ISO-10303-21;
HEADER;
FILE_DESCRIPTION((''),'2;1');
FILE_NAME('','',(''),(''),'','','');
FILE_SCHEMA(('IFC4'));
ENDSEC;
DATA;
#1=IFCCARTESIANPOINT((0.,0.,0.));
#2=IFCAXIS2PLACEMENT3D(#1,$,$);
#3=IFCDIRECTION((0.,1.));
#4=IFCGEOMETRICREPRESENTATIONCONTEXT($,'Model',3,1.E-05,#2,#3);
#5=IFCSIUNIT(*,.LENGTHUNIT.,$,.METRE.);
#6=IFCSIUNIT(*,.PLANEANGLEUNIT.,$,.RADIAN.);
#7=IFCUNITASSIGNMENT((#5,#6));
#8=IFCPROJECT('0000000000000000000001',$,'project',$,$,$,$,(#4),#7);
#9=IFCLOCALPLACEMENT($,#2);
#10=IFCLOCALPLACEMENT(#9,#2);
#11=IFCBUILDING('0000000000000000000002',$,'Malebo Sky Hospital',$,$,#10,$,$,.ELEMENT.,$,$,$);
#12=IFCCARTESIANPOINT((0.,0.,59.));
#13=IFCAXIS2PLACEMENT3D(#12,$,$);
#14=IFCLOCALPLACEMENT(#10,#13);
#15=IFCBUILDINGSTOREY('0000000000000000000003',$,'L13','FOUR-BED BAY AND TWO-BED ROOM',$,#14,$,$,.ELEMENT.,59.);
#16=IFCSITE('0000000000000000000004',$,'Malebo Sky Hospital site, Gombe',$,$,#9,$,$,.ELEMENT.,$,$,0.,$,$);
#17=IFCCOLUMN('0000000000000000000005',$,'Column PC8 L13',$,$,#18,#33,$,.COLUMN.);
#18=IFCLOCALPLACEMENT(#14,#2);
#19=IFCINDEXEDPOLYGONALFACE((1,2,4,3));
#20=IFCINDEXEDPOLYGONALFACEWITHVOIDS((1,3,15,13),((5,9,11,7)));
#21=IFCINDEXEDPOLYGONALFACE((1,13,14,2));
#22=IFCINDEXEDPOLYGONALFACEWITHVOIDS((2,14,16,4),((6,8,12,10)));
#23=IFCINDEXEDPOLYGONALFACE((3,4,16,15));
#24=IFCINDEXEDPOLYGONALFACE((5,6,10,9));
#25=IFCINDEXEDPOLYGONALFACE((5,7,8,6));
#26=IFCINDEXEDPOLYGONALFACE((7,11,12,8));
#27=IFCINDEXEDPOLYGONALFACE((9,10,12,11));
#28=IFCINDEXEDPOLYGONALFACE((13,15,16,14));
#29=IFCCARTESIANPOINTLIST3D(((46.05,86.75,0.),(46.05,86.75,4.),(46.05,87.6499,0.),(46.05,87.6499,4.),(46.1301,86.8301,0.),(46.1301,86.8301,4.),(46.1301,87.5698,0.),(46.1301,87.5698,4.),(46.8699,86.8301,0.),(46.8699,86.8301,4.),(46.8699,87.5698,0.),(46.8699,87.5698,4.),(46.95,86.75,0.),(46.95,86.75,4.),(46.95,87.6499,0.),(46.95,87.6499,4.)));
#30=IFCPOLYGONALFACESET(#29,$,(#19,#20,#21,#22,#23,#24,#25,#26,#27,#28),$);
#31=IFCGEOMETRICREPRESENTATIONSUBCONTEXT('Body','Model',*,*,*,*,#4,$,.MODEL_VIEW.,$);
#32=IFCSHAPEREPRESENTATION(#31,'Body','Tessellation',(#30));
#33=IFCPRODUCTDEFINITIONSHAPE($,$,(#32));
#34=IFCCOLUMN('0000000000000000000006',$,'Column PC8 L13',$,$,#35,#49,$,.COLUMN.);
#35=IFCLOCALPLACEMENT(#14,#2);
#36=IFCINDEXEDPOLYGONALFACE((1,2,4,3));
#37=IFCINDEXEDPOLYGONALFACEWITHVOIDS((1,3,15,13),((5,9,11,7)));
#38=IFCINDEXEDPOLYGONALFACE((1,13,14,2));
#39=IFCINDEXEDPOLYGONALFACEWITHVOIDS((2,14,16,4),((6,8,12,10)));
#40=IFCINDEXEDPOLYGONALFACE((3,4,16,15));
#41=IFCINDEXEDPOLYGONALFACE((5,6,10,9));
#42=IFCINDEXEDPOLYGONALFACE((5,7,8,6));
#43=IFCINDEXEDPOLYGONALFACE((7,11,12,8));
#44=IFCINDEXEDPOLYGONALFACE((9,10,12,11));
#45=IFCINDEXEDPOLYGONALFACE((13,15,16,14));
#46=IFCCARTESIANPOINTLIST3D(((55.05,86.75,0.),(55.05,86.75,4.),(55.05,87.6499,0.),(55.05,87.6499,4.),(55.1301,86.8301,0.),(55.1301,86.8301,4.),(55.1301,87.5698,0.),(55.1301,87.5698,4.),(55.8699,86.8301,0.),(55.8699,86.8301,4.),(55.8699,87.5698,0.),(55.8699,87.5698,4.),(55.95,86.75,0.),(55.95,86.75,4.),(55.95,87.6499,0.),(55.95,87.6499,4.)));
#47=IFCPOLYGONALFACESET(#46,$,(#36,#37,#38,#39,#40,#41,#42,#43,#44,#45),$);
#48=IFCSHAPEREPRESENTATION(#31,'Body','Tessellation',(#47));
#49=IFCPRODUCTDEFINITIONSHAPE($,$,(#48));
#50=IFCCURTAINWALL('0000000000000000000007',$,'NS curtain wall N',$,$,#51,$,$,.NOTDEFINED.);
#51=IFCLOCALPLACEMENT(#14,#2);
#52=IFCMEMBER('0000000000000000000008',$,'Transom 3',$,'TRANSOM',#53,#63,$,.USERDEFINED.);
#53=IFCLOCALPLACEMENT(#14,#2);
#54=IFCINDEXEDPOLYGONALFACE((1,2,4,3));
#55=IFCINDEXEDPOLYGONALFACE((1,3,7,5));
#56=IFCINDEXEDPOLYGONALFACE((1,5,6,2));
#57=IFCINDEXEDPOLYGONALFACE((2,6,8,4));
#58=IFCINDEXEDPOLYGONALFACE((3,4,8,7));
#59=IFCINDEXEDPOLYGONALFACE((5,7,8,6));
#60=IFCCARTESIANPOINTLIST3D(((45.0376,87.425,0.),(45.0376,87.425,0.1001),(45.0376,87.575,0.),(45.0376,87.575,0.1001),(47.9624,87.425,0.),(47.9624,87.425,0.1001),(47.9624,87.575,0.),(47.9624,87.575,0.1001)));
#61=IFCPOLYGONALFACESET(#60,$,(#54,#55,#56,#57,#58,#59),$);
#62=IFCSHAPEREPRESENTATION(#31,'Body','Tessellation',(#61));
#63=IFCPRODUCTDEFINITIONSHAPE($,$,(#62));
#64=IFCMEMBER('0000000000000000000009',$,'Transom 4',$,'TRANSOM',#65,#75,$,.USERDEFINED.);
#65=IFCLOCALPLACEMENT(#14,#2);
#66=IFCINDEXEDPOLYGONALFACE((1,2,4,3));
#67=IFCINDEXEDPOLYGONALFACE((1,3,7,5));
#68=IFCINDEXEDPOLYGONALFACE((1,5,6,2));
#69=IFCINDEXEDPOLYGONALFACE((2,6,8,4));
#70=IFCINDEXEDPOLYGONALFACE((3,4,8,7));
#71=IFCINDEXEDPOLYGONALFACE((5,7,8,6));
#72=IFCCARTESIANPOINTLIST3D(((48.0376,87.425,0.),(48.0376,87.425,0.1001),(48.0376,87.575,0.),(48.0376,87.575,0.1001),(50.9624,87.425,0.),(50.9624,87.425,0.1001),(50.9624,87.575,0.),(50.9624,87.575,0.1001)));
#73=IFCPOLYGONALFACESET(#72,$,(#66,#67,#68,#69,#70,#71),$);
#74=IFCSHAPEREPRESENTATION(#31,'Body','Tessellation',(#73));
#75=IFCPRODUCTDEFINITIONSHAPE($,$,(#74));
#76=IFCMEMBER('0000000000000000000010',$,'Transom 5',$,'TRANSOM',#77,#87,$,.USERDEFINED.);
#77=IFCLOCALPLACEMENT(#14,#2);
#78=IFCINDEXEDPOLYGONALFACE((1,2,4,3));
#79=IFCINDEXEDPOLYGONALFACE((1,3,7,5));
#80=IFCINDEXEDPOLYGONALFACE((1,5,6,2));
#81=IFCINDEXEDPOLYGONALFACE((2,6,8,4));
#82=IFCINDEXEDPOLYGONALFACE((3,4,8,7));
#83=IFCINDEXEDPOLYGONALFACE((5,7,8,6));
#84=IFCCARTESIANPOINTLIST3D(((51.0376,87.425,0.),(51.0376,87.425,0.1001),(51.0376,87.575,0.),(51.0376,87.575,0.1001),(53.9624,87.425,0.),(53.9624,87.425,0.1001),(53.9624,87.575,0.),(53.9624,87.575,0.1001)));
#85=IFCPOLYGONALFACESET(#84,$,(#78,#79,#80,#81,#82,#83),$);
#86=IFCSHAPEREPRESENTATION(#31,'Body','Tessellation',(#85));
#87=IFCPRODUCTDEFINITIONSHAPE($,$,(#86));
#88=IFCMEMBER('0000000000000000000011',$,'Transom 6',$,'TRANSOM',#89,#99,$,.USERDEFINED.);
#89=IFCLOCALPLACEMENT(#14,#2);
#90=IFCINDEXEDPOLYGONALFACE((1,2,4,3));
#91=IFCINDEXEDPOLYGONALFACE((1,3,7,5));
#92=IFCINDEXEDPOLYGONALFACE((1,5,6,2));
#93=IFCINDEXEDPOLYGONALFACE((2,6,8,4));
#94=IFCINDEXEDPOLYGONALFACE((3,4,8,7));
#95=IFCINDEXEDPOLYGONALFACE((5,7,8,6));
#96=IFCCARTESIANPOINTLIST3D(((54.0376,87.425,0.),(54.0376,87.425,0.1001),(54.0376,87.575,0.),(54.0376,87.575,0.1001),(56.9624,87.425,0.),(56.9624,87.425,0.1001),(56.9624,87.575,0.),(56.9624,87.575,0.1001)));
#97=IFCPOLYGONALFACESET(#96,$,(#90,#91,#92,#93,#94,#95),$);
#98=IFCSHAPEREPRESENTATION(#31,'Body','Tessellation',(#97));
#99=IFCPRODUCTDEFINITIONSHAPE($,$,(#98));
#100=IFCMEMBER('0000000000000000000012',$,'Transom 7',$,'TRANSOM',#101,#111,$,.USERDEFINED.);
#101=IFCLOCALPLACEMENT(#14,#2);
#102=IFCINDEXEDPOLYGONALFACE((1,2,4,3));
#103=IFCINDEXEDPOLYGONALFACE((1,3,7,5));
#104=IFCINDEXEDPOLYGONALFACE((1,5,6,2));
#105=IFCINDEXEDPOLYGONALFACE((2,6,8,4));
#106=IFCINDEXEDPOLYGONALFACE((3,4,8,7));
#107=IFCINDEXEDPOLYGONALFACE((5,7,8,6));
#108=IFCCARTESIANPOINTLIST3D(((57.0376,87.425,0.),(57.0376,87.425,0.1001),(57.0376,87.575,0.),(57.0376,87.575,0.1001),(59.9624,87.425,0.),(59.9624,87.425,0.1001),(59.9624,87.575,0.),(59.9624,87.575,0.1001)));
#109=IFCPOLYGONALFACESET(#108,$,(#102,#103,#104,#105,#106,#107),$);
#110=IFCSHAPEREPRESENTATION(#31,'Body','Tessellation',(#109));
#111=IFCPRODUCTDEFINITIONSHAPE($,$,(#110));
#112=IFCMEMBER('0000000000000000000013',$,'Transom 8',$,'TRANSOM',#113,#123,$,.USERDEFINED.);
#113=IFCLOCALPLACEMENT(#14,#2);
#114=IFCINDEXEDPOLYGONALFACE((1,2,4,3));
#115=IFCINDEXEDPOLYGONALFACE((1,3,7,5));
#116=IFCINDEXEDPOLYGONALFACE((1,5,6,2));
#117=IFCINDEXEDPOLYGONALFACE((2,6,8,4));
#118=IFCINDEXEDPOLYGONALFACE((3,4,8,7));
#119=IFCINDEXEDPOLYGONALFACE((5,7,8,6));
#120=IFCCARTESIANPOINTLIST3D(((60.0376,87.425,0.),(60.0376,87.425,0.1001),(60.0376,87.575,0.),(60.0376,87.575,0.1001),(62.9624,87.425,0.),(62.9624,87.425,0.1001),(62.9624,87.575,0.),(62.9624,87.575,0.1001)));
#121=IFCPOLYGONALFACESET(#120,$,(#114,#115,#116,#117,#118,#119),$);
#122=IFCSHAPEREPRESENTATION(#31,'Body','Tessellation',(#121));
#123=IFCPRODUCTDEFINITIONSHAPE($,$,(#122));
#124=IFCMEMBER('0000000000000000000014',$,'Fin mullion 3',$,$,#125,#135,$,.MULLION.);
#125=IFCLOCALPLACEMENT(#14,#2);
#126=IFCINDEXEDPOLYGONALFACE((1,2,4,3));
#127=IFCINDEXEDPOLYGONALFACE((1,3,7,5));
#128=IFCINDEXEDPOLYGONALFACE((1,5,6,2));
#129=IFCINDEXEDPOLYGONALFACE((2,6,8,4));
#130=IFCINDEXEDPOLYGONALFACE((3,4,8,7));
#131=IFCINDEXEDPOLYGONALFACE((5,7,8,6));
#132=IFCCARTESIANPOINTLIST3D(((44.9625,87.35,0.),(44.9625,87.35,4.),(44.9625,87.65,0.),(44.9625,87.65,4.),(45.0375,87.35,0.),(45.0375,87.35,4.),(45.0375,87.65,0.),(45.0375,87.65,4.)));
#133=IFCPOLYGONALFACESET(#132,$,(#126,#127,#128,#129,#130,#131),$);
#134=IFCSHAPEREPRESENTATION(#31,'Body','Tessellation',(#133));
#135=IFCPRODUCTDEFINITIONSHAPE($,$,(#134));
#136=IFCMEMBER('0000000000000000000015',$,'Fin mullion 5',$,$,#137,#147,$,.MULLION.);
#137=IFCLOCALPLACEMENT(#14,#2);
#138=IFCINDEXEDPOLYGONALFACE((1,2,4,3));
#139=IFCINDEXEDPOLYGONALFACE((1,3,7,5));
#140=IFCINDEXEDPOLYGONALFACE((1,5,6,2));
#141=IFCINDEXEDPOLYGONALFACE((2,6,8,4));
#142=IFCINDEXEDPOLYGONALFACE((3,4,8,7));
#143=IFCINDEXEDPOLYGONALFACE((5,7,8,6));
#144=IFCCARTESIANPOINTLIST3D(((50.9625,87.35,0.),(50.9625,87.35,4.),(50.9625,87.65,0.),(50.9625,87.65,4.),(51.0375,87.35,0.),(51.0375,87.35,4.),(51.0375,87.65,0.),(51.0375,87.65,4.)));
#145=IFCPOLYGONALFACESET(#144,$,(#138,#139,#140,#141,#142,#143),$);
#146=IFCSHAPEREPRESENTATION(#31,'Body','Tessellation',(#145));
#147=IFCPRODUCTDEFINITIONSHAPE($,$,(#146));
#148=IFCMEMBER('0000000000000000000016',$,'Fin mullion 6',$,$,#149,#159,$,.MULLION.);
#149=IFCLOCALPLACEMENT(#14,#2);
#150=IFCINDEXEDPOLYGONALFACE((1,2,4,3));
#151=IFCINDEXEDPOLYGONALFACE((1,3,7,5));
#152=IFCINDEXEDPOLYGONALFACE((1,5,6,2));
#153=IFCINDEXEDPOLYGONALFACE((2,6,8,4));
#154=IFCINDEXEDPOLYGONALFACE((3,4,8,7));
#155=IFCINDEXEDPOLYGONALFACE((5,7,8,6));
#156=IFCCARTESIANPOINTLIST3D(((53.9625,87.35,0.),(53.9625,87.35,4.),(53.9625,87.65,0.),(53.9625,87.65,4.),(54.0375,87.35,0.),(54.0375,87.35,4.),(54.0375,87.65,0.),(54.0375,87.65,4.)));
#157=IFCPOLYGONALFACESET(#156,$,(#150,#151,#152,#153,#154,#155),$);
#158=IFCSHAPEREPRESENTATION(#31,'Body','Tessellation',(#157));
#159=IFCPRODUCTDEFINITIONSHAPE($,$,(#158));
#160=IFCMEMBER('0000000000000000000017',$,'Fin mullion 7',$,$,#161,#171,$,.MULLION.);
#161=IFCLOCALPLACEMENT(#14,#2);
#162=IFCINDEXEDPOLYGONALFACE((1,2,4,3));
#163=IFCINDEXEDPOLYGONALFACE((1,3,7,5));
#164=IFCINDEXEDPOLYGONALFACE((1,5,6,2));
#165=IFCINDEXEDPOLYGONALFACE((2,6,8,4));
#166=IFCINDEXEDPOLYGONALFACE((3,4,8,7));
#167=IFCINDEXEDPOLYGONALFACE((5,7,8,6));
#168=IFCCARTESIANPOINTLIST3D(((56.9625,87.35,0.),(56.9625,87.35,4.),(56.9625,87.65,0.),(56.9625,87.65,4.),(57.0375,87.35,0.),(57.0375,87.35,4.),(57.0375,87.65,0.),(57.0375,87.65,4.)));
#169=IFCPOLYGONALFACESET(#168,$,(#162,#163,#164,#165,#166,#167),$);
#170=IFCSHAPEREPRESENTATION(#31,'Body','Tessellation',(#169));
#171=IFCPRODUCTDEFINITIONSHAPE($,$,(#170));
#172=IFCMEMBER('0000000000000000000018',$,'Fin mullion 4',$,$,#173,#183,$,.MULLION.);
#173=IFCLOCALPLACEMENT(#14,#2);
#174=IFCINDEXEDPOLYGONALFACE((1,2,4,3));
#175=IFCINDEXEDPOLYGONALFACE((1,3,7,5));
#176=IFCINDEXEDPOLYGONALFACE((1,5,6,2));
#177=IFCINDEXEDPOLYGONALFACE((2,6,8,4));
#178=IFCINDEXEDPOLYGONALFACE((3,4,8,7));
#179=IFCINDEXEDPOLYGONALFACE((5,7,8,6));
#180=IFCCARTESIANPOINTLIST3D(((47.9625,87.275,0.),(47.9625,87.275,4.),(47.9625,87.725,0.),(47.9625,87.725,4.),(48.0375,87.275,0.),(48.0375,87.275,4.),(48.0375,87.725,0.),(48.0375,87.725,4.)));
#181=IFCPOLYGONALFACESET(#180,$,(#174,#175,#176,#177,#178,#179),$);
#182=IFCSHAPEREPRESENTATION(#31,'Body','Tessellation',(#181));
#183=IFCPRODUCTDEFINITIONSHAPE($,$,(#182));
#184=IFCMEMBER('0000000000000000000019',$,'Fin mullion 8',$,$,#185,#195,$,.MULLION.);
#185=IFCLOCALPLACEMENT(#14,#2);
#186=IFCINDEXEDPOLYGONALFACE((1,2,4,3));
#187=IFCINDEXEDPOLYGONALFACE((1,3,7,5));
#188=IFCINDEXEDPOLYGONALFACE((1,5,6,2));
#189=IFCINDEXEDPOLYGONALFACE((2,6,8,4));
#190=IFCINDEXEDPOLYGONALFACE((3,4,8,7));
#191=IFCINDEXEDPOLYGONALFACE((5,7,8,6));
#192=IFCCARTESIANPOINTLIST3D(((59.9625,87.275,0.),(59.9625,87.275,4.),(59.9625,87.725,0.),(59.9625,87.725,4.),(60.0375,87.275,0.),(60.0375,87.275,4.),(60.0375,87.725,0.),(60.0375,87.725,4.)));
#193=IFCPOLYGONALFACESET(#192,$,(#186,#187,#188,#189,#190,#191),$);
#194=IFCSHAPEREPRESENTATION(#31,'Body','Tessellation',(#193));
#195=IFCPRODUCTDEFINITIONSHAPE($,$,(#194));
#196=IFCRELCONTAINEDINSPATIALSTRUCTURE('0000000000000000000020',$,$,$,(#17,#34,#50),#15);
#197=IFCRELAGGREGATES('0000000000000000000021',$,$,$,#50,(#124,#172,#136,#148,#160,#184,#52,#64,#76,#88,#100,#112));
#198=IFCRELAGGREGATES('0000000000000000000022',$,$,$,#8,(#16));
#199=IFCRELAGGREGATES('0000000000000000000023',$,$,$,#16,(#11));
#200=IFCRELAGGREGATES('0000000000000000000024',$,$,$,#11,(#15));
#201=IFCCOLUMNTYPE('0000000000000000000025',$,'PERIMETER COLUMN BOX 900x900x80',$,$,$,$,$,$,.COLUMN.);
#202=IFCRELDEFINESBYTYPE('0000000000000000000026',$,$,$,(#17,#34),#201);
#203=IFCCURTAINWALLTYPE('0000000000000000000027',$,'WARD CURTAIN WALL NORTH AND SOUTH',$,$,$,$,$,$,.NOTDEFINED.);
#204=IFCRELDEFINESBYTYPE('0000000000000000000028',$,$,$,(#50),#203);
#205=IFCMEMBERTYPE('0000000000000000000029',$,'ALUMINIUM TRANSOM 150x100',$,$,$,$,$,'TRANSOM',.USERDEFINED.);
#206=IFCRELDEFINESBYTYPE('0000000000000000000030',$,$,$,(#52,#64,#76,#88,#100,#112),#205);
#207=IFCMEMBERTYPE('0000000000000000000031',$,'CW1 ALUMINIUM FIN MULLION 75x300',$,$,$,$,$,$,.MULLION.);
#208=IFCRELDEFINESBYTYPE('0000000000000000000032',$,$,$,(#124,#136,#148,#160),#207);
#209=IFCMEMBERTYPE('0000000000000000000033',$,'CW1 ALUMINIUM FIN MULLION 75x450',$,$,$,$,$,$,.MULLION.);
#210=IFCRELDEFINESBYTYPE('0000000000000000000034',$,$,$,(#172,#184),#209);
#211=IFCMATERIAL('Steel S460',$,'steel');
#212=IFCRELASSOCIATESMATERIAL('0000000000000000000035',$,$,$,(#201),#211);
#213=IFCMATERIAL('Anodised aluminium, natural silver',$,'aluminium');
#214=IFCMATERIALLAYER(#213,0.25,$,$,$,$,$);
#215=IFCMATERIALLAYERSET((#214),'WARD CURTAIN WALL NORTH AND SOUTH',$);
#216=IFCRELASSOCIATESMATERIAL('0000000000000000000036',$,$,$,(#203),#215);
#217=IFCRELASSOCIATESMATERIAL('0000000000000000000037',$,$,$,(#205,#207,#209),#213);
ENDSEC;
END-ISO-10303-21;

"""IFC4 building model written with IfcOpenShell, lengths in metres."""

from ifc_helpers import new_model, si_unit, direction, frame, origin, origin_2d, place, context, subcontext, project, spatial, rectangle, hollow_rectangle, extrude, material, layer, layer_set, material_profile, profile_set, type_object, element, aggregate, save


model = new_model("IFC4")

# Units and contexts
model_context = context("Model", 3, precision=1e-05, world=origin(), true_north=direction((0.0, 1.0)))
body_context = subcontext(model_context, "Body", "Model", "MODEL_VIEW")
ifc_project = project(units=[si_unit("LENGTHUNIT", "METRE"), si_unit("PLANEANGLEUNIT", "RADIAN")], contexts=[model_context])

# Site, building, storey
site_placement = place(None, origin())
site = spatial("IfcSite", under=ifc_project, at=site_placement, Name="Malebo Sky Hospital site, Gombe", CompositionType="ELEMENT", RefElevation=0.0)
building_placement = place(site_placement, origin())
building = spatial("IfcBuilding", under=site, at=building_placement, Name="Malebo Sky Hospital", CompositionType="ELEMENT")
storey_placement = place(building_placement, frame((0.0, 0.0, 59.0)))
storey = spatial("IfcBuildingStorey", under=building, at=storey_placement, Name="L13", Description="FOUR-BED BAY AND TWO-BED ROOM", CompositionType="ELEMENT", Elevation=59.0)

# Columns
ifc_material_1 = material(Name="Steel S460", Category="steel")
ifc_material_profile_1 = material_profile(ifc_material_1, hollow_rectangle(XDim=0.8999, YDim=0.8999, WallThickness=0.0801, at=origin_2d()), Name="BOX 900x900x80")
ifc_profile_set_1 = profile_set([ifc_material_profile_1], Name="Steel S460")
column_type = type_object("IfcColumnType", Name="PERIMETER COLUMN BOX 900x900x80", PredefinedType="COLUMN", material=ifc_profile_set_1)
for number, where, z_axis, x_axis, name in (
    (1, (46.5, 87.2, 0.0), (0.0, 0.0, 1.0), (1.0, 0.0, 0.0), "Column PC8 L13"),
    (2, (55.5, 87.2, 0.0), (0.0, 0.0, 1.0), (1.0, 0.0, 0.0), "Column PC8 L13"),
):
    element("IfcColumn", number, at=place(storey_placement, frame(where, z_axis=z_axis, x_axis=x_axis)), inside=storey, type_object=column_type, Name=name, PredefinedType="COLUMN", context=body_context, shape_type="SweptSolid", body=[
        extrude(hollow_rectangle(XDim=0.8999, YDim=0.8999, WallThickness=0.0801, at=origin_2d()), origin(), (0.0, 0.0, 1.0), 4.0),
    ])

# Curtain wall, members
ifc_material_2 = material(Name="Anodised aluminium, natural silver", Category="aluminium")
ifc_layer_1 = layer(ifc_material_2, 0.25)
ifc_layer_set_1 = layer_set([ifc_layer_1], Name="WARD CURTAIN WALL NORTH AND SOUTH")
curtain_wall_type = type_object("IfcCurtainWallType", Name="WARD CURTAIN WALL NORTH AND SOUTH", PredefinedType="NOTDEFINED", material=ifc_layer_set_1)
curtain_wall_placement = place(storey_placement, origin())
curtain_wall = element("IfcCurtainWall", 3, at=curtain_wall_placement, inside=storey, type_object=curtain_wall_type, Name="NS curtain wall N", PredefinedType="NOTDEFINED")
ifc_material_profile_2 = material_profile(ifc_material_2, rectangle(XDim=0.1499, YDim=0.1001, at=origin_2d()), Name="ALUMINIUM TRANSOM 150x100")
ifc_profile_set_2 = profile_set([ifc_material_profile_2], Name="Anodised aluminium, natural silver")
member_type_1 = type_object("IfcMemberType", Name="ALUMINIUM TRANSOM 150x100", ElementType="TRANSOM", PredefinedType="USERDEFINED", material=ifc_profile_set_2)
member_1_placement = place(storey_placement, frame((45.0376, 87.5, 0.05), z_axis=(1.0, 0.0, 0.0), x_axis=(0.0, 1.0, 0.0)))
member_1 = element("IfcMember", 4, at=member_1_placement, type_object=member_type_1, Name="Transom 3", ObjectType="TRANSOM", PredefinedType="USERDEFINED", context=body_context, shape_type="SweptSolid", body=[
    extrude(rectangle(XDim=0.1499, YDim=0.1001, at=origin_2d()), origin(), (0.0, 0.0, 1.0), 2.9248),
])
member_2_placement = place(storey_placement, frame((48.0376, 87.5, 0.05), z_axis=(1.0, 0.0, 0.0), x_axis=(0.0, 1.0, 0.0)))
member_2 = element("IfcMember", 5, at=member_2_placement, type_object=member_type_1, Name="Transom 4", ObjectType="TRANSOM", PredefinedType="USERDEFINED", context=body_context, shape_type="SweptSolid", body=[
    extrude(rectangle(XDim=0.1499, YDim=0.1001, at=origin_2d()), origin(), (0.0, 0.0, 1.0), 2.9248),
])
member_3_placement = place(storey_placement, frame((51.0376, 87.5, 0.05), z_axis=(1.0, 0.0, 0.0), x_axis=(0.0, 1.0, 0.0)))
member_3 = element("IfcMember", 6, at=member_3_placement, type_object=member_type_1, Name="Transom 5", ObjectType="TRANSOM", PredefinedType="USERDEFINED", context=body_context, shape_type="SweptSolid", body=[
    extrude(rectangle(XDim=0.1499, YDim=0.1001, at=origin_2d()), origin(), (0.0, 0.0, 1.0), 2.9248),
])
member_4_placement = place(storey_placement, frame((54.0376, 87.5, 0.05), z_axis=(1.0, 0.0, 0.0), x_axis=(0.0, 1.0, 0.0)))
member_4 = element("IfcMember", 7, at=member_4_placement, type_object=member_type_1, Name="Transom 6", ObjectType="TRANSOM", PredefinedType="USERDEFINED", context=body_context, shape_type="SweptSolid", body=[
    extrude(rectangle(XDim=0.1499, YDim=0.1001, at=origin_2d()), origin(), (0.0, 0.0, 1.0), 2.9248),
])
member_5_placement = place(storey_placement, frame((57.0376, 87.5, 0.05), z_axis=(1.0, 0.0, 0.0), x_axis=(0.0, 1.0, 0.0)))
member_5 = element("IfcMember", 8, at=member_5_placement, type_object=member_type_1, Name="Transom 7", ObjectType="TRANSOM", PredefinedType="USERDEFINED", context=body_context, shape_type="SweptSolid", body=[
    extrude(rectangle(XDim=0.1499, YDim=0.1001, at=origin_2d()), origin(), (0.0, 0.0, 1.0), 2.9248),
])
member_6_placement = place(storey_placement, frame((60.0376, 87.5, 0.05), z_axis=(1.0, 0.0, 0.0), x_axis=(0.0, 1.0, 0.0)))
member_6 = element("IfcMember", 9, at=member_6_placement, type_object=member_type_1, Name="Transom 8", ObjectType="TRANSOM", PredefinedType="USERDEFINED", context=body_context, shape_type="SweptSolid", body=[
    extrude(rectangle(XDim=0.1499, YDim=0.1001, at=origin_2d()), origin(), (0.0, 0.0, 1.0), 2.9248),
])
ifc_material_profile_3 = material_profile(ifc_material_2, rectangle(XDim=0.075, YDim=0.3, at=origin_2d()), Name="CW1 ALUMINIUM FIN MULLION 75x300")
ifc_profile_set_3 = profile_set([ifc_material_profile_3], Name="Anodised aluminium, natural silver")
member_type_2 = type_object("IfcMemberType", Name="CW1 ALUMINIUM FIN MULLION 75x300", PredefinedType="MULLION", material=ifc_profile_set_3)
member_7_placement = place(storey_placement, frame((45.0, 87.5, 0.0), z_axis=(0.0, 0.0, 1.0), x_axis=(1.0, 0.0, 0.0)))
member_7 = element("IfcMember", 10, at=member_7_placement, type_object=member_type_2, Name="Fin mullion 3", PredefinedType="MULLION", context=body_context, shape_type="SweptSolid", body=[
    extrude(rectangle(XDim=0.075, YDim=0.3, at=origin_2d()), origin(), (0.0, 0.0, 1.0), 4.0),
])
member_8_placement = place(storey_placement, frame((51.0, 87.5, 0.0), z_axis=(0.0, 0.0, 1.0), x_axis=(1.0, 0.0, 0.0)))
member_8 = element("IfcMember", 11, at=member_8_placement, type_object=member_type_2, Name="Fin mullion 5", PredefinedType="MULLION", context=body_context, shape_type="SweptSolid", body=[
    extrude(rectangle(XDim=0.075, YDim=0.3, at=origin_2d()), origin(), (0.0, 0.0, 1.0), 4.0),
])
member_9_placement = place(storey_placement, frame((54.0, 87.5, 0.0), z_axis=(0.0, 0.0, 1.0), x_axis=(1.0, 0.0, 0.0)))
member_9 = element("IfcMember", 12, at=member_9_placement, type_object=member_type_2, Name="Fin mullion 6", PredefinedType="MULLION", context=body_context, shape_type="SweptSolid", body=[
    extrude(rectangle(XDim=0.075, YDim=0.3, at=origin_2d()), origin(), (0.0, 0.0, 1.0), 4.0),
])
member_10_placement = place(storey_placement, frame((57.0, 87.5, 0.0), z_axis=(0.0, 0.0, 1.0), x_axis=(1.0, 0.0, 0.0)))
member_10 = element("IfcMember", 13, at=member_10_placement, type_object=member_type_2, Name="Fin mullion 7", PredefinedType="MULLION", context=body_context, shape_type="SweptSolid", body=[
    extrude(rectangle(XDim=0.075, YDim=0.3, at=origin_2d()), origin(), (0.0, 0.0, 1.0), 4.0),
])
ifc_material_profile_4 = material_profile(ifc_material_2, rectangle(XDim=0.075, YDim=0.45, at=origin_2d()), Name="CW1 ALUMINIUM FIN MULLION 75x450")
ifc_profile_set_4 = profile_set([ifc_material_profile_4], Name="Anodised aluminium, natural silver")
member_type_3 = type_object("IfcMemberType", Name="CW1 ALUMINIUM FIN MULLION 75x450", PredefinedType="MULLION", material=ifc_profile_set_4)
member_11_placement = place(storey_placement, frame((48.0, 87.5, 0.0), z_axis=(0.0, 0.0, 1.0), x_axis=(1.0, 0.0, 0.0)))
member_11 = element("IfcMember", 14, at=member_11_placement, type_object=member_type_3, Name="Fin mullion 4", PredefinedType="MULLION", context=body_context, shape_type="SweptSolid", body=[
    extrude(rectangle(XDim=0.075, YDim=0.45, at=origin_2d()), origin(), (0.0, 0.0, 1.0), 4.0),
])
member_12_placement = place(storey_placement, frame((60.0, 87.5, 0.0), z_axis=(0.0, 0.0, 1.0), x_axis=(1.0, 0.0, 0.0)))
member_12 = element("IfcMember", 15, at=member_12_placement, type_object=member_type_3, Name="Fin mullion 8", PredefinedType="MULLION", context=body_context, shape_type="SweptSolid", body=[
    extrude(rectangle(XDim=0.075, YDim=0.45, at=origin_2d()), origin(), (0.0, 0.0, 1.0), 4.0),
])

aggregate(curtain_wall, [member_7, member_11, member_8, member_9, member_10, member_12, member_1, member_2, member_3, member_4, member_5, member_6])

save(model, "model.ifc")
